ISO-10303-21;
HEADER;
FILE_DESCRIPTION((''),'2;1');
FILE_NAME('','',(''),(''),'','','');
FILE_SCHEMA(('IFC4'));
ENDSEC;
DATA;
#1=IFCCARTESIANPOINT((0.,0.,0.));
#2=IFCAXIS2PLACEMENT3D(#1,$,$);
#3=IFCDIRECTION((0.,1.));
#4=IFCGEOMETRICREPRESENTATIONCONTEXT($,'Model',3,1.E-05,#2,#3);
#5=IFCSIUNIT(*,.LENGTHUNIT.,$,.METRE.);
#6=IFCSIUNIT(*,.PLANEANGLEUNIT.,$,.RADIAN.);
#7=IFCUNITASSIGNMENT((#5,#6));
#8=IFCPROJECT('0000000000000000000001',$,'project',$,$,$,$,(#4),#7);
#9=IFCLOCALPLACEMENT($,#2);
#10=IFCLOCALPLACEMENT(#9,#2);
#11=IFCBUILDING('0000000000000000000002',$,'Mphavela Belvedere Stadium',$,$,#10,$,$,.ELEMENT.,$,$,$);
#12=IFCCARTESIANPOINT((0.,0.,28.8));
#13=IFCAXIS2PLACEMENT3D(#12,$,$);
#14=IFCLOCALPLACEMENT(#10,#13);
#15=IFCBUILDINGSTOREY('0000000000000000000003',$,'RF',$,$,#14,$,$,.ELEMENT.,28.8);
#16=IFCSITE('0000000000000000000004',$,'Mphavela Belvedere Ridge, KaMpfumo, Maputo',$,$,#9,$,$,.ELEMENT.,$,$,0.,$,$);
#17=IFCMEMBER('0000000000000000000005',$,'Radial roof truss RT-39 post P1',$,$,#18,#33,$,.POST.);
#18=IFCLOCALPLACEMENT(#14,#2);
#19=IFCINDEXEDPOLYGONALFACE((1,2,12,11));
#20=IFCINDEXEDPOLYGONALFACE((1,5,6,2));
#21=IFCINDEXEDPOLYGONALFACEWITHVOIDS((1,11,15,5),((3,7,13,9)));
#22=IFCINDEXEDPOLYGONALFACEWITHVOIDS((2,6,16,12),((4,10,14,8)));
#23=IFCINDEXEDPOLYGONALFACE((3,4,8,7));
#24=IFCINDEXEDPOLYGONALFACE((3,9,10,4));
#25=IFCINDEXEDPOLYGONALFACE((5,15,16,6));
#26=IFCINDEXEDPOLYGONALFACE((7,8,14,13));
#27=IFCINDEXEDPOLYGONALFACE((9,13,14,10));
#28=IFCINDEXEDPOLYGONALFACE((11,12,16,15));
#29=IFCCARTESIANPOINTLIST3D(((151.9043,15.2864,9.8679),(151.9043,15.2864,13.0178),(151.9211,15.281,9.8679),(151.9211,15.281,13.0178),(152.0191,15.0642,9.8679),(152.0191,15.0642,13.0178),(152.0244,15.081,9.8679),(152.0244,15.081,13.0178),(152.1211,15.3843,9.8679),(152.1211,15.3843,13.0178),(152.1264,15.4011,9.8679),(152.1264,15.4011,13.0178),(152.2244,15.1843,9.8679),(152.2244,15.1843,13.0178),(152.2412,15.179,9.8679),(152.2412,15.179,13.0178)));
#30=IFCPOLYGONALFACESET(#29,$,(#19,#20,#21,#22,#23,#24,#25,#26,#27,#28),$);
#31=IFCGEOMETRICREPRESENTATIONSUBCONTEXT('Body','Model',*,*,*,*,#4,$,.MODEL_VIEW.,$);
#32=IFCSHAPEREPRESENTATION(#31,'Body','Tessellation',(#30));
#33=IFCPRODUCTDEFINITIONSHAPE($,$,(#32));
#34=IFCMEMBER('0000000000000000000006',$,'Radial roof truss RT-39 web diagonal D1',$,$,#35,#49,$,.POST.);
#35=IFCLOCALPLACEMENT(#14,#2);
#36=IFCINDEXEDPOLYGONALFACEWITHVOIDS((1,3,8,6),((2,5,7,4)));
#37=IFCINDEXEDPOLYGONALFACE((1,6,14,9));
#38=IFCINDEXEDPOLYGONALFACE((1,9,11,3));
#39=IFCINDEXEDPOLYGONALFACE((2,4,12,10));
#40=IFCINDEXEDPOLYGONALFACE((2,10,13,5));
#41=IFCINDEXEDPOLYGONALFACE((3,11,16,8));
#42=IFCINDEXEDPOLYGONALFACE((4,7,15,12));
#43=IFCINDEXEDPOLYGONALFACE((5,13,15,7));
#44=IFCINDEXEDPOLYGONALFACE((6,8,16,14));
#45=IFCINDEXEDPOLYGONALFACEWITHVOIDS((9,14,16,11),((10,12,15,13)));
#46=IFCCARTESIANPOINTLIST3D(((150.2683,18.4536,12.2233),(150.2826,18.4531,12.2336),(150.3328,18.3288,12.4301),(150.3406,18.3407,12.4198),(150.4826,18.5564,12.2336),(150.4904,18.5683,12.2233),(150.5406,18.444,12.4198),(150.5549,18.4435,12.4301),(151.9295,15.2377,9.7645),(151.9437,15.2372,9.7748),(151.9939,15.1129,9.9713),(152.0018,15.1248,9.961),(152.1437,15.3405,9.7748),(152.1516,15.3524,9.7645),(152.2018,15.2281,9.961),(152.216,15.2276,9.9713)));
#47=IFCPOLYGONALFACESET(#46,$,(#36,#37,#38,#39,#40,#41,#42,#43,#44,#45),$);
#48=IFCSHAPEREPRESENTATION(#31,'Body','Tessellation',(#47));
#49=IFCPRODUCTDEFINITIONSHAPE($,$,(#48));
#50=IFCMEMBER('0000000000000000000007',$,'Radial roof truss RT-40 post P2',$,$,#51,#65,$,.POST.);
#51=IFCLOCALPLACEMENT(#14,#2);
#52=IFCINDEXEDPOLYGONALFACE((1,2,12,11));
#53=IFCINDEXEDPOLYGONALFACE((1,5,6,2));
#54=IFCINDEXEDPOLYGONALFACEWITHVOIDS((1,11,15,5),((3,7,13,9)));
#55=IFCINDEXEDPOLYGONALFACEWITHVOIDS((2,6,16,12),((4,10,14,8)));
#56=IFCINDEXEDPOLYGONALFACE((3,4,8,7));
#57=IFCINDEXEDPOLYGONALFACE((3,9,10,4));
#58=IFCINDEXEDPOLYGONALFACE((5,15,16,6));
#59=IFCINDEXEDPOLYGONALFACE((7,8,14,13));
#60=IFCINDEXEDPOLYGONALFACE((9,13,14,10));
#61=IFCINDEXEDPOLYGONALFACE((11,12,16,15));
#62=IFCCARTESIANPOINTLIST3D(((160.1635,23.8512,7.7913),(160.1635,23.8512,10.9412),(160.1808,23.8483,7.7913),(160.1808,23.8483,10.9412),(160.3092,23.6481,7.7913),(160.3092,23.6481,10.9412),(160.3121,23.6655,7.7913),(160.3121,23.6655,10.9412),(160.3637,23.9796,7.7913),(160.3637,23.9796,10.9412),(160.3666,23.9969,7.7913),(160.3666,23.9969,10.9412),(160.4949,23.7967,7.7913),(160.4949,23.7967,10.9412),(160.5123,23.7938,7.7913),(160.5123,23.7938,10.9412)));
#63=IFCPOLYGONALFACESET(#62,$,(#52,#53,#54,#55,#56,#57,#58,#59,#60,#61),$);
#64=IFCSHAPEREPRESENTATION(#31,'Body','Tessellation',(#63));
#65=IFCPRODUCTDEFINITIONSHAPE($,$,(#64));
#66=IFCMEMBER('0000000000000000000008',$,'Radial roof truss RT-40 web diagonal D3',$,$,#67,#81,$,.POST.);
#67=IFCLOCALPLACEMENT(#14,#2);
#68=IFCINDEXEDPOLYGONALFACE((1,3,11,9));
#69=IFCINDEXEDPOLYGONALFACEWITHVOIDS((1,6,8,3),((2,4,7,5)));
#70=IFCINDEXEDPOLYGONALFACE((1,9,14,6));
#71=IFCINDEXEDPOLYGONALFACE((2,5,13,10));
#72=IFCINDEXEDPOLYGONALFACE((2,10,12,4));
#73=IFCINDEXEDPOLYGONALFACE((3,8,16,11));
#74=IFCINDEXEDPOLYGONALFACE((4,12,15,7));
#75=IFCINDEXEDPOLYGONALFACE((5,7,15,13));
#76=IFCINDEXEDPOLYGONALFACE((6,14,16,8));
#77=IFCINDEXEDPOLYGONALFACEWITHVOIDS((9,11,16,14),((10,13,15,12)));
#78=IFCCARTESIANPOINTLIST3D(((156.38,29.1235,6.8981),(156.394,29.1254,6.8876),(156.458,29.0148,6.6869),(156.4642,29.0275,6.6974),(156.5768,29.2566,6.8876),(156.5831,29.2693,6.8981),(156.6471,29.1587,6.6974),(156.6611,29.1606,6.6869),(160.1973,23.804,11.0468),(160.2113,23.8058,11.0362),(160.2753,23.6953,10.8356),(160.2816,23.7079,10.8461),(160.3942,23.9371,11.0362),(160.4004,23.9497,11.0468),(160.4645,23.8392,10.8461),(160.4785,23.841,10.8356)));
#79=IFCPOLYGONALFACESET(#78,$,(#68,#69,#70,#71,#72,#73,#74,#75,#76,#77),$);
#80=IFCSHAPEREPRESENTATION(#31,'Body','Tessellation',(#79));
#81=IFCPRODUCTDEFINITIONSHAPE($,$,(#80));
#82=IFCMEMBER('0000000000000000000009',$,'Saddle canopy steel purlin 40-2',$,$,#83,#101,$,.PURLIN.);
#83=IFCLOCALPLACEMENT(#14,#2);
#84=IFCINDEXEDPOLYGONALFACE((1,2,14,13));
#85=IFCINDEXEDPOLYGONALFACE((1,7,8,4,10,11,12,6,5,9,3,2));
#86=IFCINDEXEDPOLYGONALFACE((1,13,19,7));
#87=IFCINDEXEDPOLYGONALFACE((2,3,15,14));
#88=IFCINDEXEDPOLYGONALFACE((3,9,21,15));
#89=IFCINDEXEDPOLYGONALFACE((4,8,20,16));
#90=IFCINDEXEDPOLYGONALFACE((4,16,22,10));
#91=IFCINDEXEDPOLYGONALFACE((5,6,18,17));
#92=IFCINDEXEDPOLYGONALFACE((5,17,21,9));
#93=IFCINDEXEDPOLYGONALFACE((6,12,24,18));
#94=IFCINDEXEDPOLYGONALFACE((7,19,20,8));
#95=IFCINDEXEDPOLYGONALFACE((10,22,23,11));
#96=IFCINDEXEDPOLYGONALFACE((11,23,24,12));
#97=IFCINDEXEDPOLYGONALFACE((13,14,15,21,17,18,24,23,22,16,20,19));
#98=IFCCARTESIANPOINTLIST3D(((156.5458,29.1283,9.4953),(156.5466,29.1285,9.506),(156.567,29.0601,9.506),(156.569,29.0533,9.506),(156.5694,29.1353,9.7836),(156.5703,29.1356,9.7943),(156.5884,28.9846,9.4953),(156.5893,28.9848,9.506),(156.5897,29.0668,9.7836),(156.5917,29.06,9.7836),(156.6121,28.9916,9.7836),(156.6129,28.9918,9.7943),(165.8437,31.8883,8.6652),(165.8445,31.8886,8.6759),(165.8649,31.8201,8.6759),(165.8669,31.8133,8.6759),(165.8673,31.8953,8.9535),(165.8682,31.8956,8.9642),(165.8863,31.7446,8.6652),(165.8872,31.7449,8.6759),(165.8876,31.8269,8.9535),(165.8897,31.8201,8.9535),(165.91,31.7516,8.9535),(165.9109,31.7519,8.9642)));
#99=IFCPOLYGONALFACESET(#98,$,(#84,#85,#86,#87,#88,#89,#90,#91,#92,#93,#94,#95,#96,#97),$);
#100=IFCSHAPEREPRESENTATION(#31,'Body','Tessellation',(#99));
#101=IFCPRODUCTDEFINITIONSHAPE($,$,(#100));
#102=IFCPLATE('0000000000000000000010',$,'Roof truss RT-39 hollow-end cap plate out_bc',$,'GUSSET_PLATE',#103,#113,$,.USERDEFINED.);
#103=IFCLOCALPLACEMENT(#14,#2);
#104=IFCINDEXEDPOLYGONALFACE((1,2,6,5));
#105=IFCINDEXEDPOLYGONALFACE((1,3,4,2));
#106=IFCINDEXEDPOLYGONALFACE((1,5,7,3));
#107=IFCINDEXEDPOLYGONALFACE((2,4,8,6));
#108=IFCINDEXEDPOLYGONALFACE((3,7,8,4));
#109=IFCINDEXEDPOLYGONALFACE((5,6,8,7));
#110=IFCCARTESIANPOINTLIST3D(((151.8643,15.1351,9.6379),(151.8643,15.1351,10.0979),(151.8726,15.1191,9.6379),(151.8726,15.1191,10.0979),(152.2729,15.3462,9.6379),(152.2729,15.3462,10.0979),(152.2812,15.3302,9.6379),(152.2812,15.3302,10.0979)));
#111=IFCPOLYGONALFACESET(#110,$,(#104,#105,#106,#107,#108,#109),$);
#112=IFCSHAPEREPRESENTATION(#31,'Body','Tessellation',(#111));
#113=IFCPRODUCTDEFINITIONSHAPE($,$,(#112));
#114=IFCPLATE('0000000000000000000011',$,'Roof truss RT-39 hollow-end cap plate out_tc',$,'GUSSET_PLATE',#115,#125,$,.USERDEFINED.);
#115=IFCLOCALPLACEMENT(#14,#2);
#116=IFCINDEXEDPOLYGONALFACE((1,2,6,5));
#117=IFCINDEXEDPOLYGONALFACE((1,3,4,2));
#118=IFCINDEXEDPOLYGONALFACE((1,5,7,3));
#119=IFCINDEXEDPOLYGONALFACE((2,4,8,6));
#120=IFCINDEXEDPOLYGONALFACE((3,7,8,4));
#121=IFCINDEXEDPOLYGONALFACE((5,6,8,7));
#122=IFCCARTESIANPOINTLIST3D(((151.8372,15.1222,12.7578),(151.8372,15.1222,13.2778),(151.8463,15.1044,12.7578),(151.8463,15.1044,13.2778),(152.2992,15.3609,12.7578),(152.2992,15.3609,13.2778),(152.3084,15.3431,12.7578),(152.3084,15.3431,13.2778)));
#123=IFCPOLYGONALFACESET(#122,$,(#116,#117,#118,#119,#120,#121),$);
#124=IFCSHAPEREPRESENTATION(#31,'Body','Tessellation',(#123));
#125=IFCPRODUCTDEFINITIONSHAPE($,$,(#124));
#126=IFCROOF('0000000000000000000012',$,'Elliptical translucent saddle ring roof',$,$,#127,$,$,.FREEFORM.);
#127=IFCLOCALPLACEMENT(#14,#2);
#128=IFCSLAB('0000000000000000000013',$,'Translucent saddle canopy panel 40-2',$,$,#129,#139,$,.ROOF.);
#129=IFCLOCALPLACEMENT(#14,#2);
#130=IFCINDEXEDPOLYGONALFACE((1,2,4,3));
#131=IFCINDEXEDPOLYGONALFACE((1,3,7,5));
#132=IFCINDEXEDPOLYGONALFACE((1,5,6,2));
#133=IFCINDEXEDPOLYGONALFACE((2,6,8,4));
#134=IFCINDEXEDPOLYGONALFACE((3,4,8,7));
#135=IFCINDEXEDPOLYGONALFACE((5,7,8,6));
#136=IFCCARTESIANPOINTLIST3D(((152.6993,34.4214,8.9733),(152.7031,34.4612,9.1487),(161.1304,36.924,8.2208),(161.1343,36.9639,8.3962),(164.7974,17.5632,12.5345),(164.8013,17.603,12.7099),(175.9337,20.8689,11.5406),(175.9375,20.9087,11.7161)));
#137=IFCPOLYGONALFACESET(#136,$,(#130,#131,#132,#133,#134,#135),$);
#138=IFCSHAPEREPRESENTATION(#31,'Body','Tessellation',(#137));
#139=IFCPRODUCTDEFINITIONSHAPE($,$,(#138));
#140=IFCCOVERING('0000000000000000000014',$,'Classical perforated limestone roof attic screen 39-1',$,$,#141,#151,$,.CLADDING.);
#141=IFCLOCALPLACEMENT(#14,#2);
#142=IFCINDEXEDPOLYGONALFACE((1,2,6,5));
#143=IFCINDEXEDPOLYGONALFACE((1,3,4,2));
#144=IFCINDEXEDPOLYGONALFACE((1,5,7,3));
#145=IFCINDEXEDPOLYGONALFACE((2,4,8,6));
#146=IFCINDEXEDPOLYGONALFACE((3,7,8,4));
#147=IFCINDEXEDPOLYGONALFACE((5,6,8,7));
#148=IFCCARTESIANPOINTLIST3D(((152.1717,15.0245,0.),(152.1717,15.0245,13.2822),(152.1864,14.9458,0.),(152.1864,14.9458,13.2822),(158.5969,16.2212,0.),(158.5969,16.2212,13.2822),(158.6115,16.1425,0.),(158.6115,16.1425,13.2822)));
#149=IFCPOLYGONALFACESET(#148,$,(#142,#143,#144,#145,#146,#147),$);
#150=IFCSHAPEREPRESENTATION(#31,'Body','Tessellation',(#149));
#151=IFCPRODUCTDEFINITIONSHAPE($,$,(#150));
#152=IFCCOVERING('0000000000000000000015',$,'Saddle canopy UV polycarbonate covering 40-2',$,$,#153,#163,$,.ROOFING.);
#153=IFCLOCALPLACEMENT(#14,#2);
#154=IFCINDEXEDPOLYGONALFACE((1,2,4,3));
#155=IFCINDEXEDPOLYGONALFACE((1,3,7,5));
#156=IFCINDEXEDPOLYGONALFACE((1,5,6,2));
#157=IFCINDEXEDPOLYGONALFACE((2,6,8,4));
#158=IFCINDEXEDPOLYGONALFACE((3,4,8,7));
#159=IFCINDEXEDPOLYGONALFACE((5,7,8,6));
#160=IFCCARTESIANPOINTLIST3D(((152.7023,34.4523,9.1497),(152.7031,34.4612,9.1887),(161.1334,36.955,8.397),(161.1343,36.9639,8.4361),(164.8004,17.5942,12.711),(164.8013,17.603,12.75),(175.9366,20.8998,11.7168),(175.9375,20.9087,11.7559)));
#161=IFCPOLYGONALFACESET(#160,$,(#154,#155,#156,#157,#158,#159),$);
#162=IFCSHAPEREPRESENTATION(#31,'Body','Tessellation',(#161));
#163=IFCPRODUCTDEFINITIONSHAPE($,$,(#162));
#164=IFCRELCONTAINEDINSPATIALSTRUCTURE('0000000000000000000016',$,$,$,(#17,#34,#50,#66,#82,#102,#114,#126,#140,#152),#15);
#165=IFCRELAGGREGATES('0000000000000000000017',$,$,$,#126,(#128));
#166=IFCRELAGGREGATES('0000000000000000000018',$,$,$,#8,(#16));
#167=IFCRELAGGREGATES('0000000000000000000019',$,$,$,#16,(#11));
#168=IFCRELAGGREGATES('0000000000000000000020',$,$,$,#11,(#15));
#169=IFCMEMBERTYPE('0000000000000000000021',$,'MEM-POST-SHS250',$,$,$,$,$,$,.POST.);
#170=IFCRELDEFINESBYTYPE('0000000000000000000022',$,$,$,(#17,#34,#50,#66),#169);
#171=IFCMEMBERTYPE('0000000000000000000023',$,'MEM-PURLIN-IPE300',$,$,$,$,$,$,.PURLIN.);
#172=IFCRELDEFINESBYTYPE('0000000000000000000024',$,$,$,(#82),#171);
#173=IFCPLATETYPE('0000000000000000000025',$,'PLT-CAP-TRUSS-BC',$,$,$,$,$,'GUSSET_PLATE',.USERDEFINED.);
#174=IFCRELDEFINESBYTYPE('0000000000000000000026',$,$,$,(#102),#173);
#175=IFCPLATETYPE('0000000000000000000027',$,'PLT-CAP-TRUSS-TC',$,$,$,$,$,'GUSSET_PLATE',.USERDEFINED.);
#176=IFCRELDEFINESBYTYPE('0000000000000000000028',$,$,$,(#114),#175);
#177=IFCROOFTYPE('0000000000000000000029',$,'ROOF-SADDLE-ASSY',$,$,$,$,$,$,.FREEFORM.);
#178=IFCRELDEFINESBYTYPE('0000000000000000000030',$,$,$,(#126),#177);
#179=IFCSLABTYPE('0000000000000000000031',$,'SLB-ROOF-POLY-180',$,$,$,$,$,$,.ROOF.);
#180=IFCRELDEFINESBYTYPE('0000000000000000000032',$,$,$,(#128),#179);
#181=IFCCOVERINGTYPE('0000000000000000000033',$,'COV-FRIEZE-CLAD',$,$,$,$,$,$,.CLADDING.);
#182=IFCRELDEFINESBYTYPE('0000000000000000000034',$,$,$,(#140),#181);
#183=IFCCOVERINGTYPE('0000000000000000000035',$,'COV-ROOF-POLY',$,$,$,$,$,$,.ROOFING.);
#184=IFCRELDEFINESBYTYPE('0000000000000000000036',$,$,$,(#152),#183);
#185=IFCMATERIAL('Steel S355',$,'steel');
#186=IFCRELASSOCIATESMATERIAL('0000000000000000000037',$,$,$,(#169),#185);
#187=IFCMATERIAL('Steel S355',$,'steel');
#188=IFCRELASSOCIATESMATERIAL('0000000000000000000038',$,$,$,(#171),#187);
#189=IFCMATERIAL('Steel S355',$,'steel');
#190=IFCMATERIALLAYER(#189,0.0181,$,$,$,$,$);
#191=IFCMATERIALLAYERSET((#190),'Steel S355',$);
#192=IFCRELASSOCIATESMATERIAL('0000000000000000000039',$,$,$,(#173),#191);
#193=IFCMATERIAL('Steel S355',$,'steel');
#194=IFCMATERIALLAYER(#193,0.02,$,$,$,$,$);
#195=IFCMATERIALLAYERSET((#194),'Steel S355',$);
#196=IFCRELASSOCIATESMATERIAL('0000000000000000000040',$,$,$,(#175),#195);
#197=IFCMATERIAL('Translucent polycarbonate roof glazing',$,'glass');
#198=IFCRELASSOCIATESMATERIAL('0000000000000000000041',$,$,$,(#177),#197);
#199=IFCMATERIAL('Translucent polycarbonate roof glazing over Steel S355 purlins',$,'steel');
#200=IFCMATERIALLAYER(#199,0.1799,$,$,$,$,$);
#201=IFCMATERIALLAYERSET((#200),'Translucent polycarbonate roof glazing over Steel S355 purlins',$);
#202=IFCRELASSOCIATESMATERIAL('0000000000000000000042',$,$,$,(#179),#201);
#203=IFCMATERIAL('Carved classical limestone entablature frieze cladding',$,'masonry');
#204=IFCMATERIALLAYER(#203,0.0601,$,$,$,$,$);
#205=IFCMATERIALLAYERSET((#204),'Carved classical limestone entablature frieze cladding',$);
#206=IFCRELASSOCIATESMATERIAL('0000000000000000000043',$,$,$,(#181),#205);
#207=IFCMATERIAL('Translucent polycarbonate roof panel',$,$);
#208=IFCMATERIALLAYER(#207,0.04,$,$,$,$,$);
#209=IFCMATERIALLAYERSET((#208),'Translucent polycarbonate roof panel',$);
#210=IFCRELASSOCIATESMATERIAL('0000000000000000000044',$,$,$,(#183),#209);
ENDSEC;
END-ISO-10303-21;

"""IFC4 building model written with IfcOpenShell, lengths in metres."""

from ifc_helpers import new_model, si_unit, direction, frame, origin, origin_2d, place, context, subcontext, project, spatial, polyline, rectangle, hollow_rectangle, i_section, outline, extrude, material, layer, layer_set, material_profile, profile_set, type_object, element, aggregate, save


model = new_model("IFC4")

# Units and contexts
model_context = context("Model", 3, precision=1e-05, world=origin(), true_north=direction((0.0, 1.0)))
body_context = subcontext(model_context, "Body", "Model", "MODEL_VIEW")
ifc_project = project(units=[si_unit("LENGTHUNIT", "METRE"), si_unit("PLANEANGLEUNIT", "RADIAN")], contexts=[model_context])

# Site, building, storey
site_placement = place(None, origin())
site = spatial("IfcSite", under=ifc_project, at=site_placement, Name="Mphavela Belvedere Ridge, KaMpfumo, Maputo", CompositionType="ELEMENT", RefElevation=0.0)
building_placement = place(site_placement, origin())
building = spatial("IfcBuilding", under=site, at=building_placement, Name="Mphavela Belvedere Stadium", CompositionType="ELEMENT")
storey_placement = place(building_placement, frame((0.0, 0.0, 28.8)))
storey = spatial("IfcBuildingStorey", under=building, at=storey_placement, Name="RF", CompositionType="ELEMENT", Elevation=28.8)

# Members
ifc_material_1 = material(Name="Steel S355", Category="steel")
ifc_material_profile_1 = material_profile(ifc_material_1, hollow_rectangle(XDim=0.25, YDim=0.25, WallThickness=0.0125, at=origin_2d()), Name="SHS 250x250x12.5")
ifc_profile_set_1 = profile_set([ifc_material_profile_1], Name="Steel S355")
member_type_1 = type_object("IfcMemberType", Name="MEM-POST-SHS250", PredefinedType="POST", material=ifc_profile_set_1)
member_1_placement = place(storey_placement, frame((152.0728, 15.2327, 9.8679), z_axis=(0.0, 0.0, 1.0), x_axis=(0.45896, -0.888457, 0.0)))
element("IfcMember", 1, at=member_1_placement, inside=storey, type_object=member_type_1, Name="Radial roof truss RT-39 post P1", PredefinedType="POST", context=body_context, shape_type="SweptSolid", body=[
    extrude(hollow_rectangle(XDim=0.25, YDim=0.25, WallThickness=0.0125, at=origin_2d()), origin(), (0.0, 0.0, 1.0), 3.1499),
])
member_2_placement = place(storey_placement, frame((152.0728, 15.2327, 9.8679), z_axis=(-0.379632, 0.734936, 0.561915), x_axis=(-0.888468, -0.458938, 0.0)))
element("IfcMember", 2, at=member_2_placement, inside=storey, type_object=member_type_1, Name="Radial roof truss RT-39 web diagonal D1", PredefinedType="POST", context=body_context, shape_type="SweptSolid", body=[
    extrude(hollow_rectangle(XDim=0.25, YDim=0.25, WallThickness=0.0125, at=origin_2d()), origin(), (0.0, 0.0, 1.0), 4.3757),
])
member_3_placement = place(storey_placement, frame((160.3379, 23.8225, 7.7913), z_axis=(0.0, 0.0, 1.0), x_axis=(0.582974, -0.812491, 0.0)))
element("IfcMember", 3, at=member_3_placement, inside=storey, type_object=member_type_1, Name="Radial roof truss RT-40 post P2", PredefinedType="POST", context=body_context, shape_type="SweptSolid", body=[
    extrude(hollow_rectangle(XDim=0.25, YDim=0.25, WallThickness=0.0125, at=origin_2d()), origin(), (0.0, 0.0, 1.0), 3.1499),
])
member_4_placement = place(storey_placement, frame((160.3379, 23.8225, 10.9412), z_axis=(-0.492486, 0.686287, -0.535227), x_axis=(-0.812454, -0.583025, 0.0)))
element("IfcMember", 4, at=member_4_placement, inside=storey, type_object=member_type_1, Name="Radial roof truss RT-40 web diagonal D3", PredefinedType="POST", context=body_context, shape_type="SweptSolid", body=[
    extrude(hollow_rectangle(XDim=0.25, YDim=0.25, WallThickness=0.0125, at=origin_2d()), origin(), (0.0, 0.0, 1.0), 7.7512),
])
ifc_material_2 = material(Name="Steel S355", Category="steel")
ifc_material_profile_2 = material_profile(ifc_material_2, i_section(OverallWidth=0.1499, OverallDepth=0.3, WebThickness=0.0071, FlangeThickness=0.0107, at=origin_2d()), Name="IPE 300")
ifc_profile_set_2 = profile_set([ifc_material_profile_2], Name="Steel S355")
member_type_2 = type_object("IfcMemberType", Name="MEM-PURLIN-IPE300", PredefinedType="PURLIN", material=ifc_profile_set_2)
member_5_placement = place(storey_placement, frame((156.5793, 29.0601, 9.6448), z_axis=(0.955163, 0.283534, -0.085273), x_axis=(-0.284571, 0.958655, 0.0)))
element("IfcMember", 5, at=member_5_placement, inside=storey, type_object=member_type_2, Name="Saddle canopy steel purlin 40-2", PredefinedType="PURLIN", context=body_context, shape_type="SweptSolid", body=[
    extrude(i_section(OverallWidth=0.1499, OverallDepth=0.3, WebThickness=0.0071, FlangeThickness=0.0107, at=origin_2d()), origin(), (0.0, 0.0, 1.0), 9.7344),
])

# Plates
ifc_material_3 = material(Name="Steel S355", Category="steel")
ifc_layer_1 = layer(ifc_material_3, 0.0181)
ifc_layer_set_1 = layer_set([ifc_layer_1], Name="Steel S355")
plate_type_1 = type_object("IfcPlateType", Name="PLT-CAP-TRUSS-BC", ElementType="GUSSET_PLATE", PredefinedType="USERDEFINED", material=ifc_layer_set_1)
plate_1_placement = place(storey_placement, frame((152.0728, 15.2327, 9.6379), z_axis=(0.0, 0.0, 1.0), x_axis=(0.45896, -0.888457, 0.0)))
element("IfcPlate", 6, at=plate_1_placement, inside=storey, type_object=plate_type_1, Name="Roof truss RT-39 hollow-end cap plate out_bc", ObjectType="GUSSET_PLATE", PredefinedType="USERDEFINED", context=body_context, shape_type="SweptSolid", body=[
    extrude(rectangle(XDim=0.0181, YDim=0.46, at=origin_2d()), origin(), (0.0, 0.0, 1.0), 0.46),
])
ifc_material_4 = material(Name="Steel S355", Category="steel")
ifc_layer_2 = layer(ifc_material_4, 0.02)
ifc_layer_set_2 = layer_set([ifc_layer_2], Name="Steel S355")
plate_type_2 = type_object("IfcPlateType", Name="PLT-CAP-TRUSS-TC", ElementType="GUSSET_PLATE", PredefinedType="USERDEFINED", material=ifc_layer_set_2)
plate_2_placement = place(storey_placement, frame((152.0728, 15.2327, 12.7578), z_axis=(0.0, 0.0, 1.0), x_axis=(0.45896, -0.888457, 0.0)))
element("IfcPlate", 7, at=plate_2_placement, inside=storey, type_object=plate_type_2, Name="Roof truss RT-39 hollow-end cap plate out_tc", ObjectType="GUSSET_PLATE", PredefinedType="USERDEFINED", context=body_context, shape_type="SweptSolid", body=[
    extrude(rectangle(XDim=0.02, YDim=0.52, at=origin_2d()), origin(), (0.0, 0.0, 1.0), 0.52),
])

# Roof, slab
ifc_material_5 = material(Name="Translucent polycarbonate roof glazing", Category="glass")
roof_type = type_object("IfcRoofType", Name="ROOF-SADDLE-ASSY", PredefinedType="FREEFORM", material=ifc_material_5)
roof_placement = place(storey_placement, origin())
roof = element("IfcRoof", 8, at=roof_placement, inside=storey, type_object=roof_type, Name="Elliptical translucent saddle ring roof", PredefinedType="FREEFORM")
ifc_material_6 = material(Name="Translucent polycarbonate roof glazing over Steel S355 purlins", Category="steel")
ifc_layer_3 = layer(ifc_material_6, 0.1799)
ifc_layer_set_3 = layer_set([ifc_layer_3], Name="Translucent polycarbonate roof glazing over Steel S355 purlins")
slab_type = type_object("IfcSlabType", Name="SLB-ROOF-POLY-180", PredefinedType="ROOF", material=ifc_layer_set_3)
slab_placement = place(storey_placement, frame((152.7031, 34.4612, 9.1487), z_axis=(0.021332, 0.221272, 0.974979), x_axis=(0.955167, 0.283529, -0.085246)))
slab = element("IfcSlab", 9, at=slab_placement, type_object=slab_type, Name="Translucent saddle canopy panel 40-2", PredefinedType="ROOF", context=body_context, shape_type="SweptSolid", body=[
    extrude(outline(polyline([(0.0, 0.0), (8.8269, 0.0), (18.1313, -20.0338), (6.4724, -20.0338), (0.0, 0.0)])), origin(), (0.0, 0.0, -1.0), 0.1799),
])
aggregate(roof, [slab])

# Coverings
ifc_material_7 = material(Name="Carved classical limestone entablature frieze cladding", Category="masonry")
ifc_layer_4 = layer(ifc_material_7, 0.0601)
ifc_layer_set_4 = layer_set([ifc_layer_4], Name="Carved classical limestone entablature frieze cladding")
covering_type_1 = type_object("IfcCoveringType", Name="COV-FRIEZE-CLAD", PredefinedType="CLADDING", material=ifc_layer_set_4)
covering_1_placement = place(storey_placement, frame((155.3916, 15.5835, 0.0), z_axis=(0.0, 0.0, 1.0), x_axis=(0.983096, 0.183094, 0.0)))
element("IfcCovering", 10, at=covering_1_placement, inside=storey, type_object=covering_type_1, Name="Classical perforated limestone roof attic screen 39-1", PredefinedType="CLADDING", context=body_context, shape_type="SweptSolid", body=[
    extrude(rectangle(XDim=6.5356, YDim=0.0801, at=origin_2d()), origin(), (0.0, 0.0, 1.0), 13.2822),
])
ifc_material_8 = material(Name="Translucent polycarbonate roof panel")
ifc_layer_5 = layer(ifc_material_8, 0.04)
ifc_layer_set_5 = layer_set([ifc_layer_5], Name="Translucent polycarbonate roof panel")
covering_type_2 = type_object("IfcCoveringType", Name="COV-ROOF-POLY", PredefinedType="ROOFING", material=ifc_layer_set_5)
covering_2_placement = place(storey_placement, frame((152.7031, 34.4612, 9.1887), z_axis=(0.021352, 0.221287, 0.974975), x_axis=(0.955165, 0.28353, -0.08527)))
element("IfcCovering", 11, at=covering_2_placement, inside=storey, type_object=covering_type_2, Name="Saddle canopy UV polycarbonate covering 40-2", PredefinedType="ROOFING", context=body_context, shape_type="SweptSolid", body=[
    extrude(outline(polyline([(0.0, 0.0), (8.8269, 0.0), (18.1312, -20.0338), (6.4723, -20.0338), (0.0, 0.0)])), origin(), (0.0, 0.0, -1.0), 0.04),
])

save(model, "model.ifc")
